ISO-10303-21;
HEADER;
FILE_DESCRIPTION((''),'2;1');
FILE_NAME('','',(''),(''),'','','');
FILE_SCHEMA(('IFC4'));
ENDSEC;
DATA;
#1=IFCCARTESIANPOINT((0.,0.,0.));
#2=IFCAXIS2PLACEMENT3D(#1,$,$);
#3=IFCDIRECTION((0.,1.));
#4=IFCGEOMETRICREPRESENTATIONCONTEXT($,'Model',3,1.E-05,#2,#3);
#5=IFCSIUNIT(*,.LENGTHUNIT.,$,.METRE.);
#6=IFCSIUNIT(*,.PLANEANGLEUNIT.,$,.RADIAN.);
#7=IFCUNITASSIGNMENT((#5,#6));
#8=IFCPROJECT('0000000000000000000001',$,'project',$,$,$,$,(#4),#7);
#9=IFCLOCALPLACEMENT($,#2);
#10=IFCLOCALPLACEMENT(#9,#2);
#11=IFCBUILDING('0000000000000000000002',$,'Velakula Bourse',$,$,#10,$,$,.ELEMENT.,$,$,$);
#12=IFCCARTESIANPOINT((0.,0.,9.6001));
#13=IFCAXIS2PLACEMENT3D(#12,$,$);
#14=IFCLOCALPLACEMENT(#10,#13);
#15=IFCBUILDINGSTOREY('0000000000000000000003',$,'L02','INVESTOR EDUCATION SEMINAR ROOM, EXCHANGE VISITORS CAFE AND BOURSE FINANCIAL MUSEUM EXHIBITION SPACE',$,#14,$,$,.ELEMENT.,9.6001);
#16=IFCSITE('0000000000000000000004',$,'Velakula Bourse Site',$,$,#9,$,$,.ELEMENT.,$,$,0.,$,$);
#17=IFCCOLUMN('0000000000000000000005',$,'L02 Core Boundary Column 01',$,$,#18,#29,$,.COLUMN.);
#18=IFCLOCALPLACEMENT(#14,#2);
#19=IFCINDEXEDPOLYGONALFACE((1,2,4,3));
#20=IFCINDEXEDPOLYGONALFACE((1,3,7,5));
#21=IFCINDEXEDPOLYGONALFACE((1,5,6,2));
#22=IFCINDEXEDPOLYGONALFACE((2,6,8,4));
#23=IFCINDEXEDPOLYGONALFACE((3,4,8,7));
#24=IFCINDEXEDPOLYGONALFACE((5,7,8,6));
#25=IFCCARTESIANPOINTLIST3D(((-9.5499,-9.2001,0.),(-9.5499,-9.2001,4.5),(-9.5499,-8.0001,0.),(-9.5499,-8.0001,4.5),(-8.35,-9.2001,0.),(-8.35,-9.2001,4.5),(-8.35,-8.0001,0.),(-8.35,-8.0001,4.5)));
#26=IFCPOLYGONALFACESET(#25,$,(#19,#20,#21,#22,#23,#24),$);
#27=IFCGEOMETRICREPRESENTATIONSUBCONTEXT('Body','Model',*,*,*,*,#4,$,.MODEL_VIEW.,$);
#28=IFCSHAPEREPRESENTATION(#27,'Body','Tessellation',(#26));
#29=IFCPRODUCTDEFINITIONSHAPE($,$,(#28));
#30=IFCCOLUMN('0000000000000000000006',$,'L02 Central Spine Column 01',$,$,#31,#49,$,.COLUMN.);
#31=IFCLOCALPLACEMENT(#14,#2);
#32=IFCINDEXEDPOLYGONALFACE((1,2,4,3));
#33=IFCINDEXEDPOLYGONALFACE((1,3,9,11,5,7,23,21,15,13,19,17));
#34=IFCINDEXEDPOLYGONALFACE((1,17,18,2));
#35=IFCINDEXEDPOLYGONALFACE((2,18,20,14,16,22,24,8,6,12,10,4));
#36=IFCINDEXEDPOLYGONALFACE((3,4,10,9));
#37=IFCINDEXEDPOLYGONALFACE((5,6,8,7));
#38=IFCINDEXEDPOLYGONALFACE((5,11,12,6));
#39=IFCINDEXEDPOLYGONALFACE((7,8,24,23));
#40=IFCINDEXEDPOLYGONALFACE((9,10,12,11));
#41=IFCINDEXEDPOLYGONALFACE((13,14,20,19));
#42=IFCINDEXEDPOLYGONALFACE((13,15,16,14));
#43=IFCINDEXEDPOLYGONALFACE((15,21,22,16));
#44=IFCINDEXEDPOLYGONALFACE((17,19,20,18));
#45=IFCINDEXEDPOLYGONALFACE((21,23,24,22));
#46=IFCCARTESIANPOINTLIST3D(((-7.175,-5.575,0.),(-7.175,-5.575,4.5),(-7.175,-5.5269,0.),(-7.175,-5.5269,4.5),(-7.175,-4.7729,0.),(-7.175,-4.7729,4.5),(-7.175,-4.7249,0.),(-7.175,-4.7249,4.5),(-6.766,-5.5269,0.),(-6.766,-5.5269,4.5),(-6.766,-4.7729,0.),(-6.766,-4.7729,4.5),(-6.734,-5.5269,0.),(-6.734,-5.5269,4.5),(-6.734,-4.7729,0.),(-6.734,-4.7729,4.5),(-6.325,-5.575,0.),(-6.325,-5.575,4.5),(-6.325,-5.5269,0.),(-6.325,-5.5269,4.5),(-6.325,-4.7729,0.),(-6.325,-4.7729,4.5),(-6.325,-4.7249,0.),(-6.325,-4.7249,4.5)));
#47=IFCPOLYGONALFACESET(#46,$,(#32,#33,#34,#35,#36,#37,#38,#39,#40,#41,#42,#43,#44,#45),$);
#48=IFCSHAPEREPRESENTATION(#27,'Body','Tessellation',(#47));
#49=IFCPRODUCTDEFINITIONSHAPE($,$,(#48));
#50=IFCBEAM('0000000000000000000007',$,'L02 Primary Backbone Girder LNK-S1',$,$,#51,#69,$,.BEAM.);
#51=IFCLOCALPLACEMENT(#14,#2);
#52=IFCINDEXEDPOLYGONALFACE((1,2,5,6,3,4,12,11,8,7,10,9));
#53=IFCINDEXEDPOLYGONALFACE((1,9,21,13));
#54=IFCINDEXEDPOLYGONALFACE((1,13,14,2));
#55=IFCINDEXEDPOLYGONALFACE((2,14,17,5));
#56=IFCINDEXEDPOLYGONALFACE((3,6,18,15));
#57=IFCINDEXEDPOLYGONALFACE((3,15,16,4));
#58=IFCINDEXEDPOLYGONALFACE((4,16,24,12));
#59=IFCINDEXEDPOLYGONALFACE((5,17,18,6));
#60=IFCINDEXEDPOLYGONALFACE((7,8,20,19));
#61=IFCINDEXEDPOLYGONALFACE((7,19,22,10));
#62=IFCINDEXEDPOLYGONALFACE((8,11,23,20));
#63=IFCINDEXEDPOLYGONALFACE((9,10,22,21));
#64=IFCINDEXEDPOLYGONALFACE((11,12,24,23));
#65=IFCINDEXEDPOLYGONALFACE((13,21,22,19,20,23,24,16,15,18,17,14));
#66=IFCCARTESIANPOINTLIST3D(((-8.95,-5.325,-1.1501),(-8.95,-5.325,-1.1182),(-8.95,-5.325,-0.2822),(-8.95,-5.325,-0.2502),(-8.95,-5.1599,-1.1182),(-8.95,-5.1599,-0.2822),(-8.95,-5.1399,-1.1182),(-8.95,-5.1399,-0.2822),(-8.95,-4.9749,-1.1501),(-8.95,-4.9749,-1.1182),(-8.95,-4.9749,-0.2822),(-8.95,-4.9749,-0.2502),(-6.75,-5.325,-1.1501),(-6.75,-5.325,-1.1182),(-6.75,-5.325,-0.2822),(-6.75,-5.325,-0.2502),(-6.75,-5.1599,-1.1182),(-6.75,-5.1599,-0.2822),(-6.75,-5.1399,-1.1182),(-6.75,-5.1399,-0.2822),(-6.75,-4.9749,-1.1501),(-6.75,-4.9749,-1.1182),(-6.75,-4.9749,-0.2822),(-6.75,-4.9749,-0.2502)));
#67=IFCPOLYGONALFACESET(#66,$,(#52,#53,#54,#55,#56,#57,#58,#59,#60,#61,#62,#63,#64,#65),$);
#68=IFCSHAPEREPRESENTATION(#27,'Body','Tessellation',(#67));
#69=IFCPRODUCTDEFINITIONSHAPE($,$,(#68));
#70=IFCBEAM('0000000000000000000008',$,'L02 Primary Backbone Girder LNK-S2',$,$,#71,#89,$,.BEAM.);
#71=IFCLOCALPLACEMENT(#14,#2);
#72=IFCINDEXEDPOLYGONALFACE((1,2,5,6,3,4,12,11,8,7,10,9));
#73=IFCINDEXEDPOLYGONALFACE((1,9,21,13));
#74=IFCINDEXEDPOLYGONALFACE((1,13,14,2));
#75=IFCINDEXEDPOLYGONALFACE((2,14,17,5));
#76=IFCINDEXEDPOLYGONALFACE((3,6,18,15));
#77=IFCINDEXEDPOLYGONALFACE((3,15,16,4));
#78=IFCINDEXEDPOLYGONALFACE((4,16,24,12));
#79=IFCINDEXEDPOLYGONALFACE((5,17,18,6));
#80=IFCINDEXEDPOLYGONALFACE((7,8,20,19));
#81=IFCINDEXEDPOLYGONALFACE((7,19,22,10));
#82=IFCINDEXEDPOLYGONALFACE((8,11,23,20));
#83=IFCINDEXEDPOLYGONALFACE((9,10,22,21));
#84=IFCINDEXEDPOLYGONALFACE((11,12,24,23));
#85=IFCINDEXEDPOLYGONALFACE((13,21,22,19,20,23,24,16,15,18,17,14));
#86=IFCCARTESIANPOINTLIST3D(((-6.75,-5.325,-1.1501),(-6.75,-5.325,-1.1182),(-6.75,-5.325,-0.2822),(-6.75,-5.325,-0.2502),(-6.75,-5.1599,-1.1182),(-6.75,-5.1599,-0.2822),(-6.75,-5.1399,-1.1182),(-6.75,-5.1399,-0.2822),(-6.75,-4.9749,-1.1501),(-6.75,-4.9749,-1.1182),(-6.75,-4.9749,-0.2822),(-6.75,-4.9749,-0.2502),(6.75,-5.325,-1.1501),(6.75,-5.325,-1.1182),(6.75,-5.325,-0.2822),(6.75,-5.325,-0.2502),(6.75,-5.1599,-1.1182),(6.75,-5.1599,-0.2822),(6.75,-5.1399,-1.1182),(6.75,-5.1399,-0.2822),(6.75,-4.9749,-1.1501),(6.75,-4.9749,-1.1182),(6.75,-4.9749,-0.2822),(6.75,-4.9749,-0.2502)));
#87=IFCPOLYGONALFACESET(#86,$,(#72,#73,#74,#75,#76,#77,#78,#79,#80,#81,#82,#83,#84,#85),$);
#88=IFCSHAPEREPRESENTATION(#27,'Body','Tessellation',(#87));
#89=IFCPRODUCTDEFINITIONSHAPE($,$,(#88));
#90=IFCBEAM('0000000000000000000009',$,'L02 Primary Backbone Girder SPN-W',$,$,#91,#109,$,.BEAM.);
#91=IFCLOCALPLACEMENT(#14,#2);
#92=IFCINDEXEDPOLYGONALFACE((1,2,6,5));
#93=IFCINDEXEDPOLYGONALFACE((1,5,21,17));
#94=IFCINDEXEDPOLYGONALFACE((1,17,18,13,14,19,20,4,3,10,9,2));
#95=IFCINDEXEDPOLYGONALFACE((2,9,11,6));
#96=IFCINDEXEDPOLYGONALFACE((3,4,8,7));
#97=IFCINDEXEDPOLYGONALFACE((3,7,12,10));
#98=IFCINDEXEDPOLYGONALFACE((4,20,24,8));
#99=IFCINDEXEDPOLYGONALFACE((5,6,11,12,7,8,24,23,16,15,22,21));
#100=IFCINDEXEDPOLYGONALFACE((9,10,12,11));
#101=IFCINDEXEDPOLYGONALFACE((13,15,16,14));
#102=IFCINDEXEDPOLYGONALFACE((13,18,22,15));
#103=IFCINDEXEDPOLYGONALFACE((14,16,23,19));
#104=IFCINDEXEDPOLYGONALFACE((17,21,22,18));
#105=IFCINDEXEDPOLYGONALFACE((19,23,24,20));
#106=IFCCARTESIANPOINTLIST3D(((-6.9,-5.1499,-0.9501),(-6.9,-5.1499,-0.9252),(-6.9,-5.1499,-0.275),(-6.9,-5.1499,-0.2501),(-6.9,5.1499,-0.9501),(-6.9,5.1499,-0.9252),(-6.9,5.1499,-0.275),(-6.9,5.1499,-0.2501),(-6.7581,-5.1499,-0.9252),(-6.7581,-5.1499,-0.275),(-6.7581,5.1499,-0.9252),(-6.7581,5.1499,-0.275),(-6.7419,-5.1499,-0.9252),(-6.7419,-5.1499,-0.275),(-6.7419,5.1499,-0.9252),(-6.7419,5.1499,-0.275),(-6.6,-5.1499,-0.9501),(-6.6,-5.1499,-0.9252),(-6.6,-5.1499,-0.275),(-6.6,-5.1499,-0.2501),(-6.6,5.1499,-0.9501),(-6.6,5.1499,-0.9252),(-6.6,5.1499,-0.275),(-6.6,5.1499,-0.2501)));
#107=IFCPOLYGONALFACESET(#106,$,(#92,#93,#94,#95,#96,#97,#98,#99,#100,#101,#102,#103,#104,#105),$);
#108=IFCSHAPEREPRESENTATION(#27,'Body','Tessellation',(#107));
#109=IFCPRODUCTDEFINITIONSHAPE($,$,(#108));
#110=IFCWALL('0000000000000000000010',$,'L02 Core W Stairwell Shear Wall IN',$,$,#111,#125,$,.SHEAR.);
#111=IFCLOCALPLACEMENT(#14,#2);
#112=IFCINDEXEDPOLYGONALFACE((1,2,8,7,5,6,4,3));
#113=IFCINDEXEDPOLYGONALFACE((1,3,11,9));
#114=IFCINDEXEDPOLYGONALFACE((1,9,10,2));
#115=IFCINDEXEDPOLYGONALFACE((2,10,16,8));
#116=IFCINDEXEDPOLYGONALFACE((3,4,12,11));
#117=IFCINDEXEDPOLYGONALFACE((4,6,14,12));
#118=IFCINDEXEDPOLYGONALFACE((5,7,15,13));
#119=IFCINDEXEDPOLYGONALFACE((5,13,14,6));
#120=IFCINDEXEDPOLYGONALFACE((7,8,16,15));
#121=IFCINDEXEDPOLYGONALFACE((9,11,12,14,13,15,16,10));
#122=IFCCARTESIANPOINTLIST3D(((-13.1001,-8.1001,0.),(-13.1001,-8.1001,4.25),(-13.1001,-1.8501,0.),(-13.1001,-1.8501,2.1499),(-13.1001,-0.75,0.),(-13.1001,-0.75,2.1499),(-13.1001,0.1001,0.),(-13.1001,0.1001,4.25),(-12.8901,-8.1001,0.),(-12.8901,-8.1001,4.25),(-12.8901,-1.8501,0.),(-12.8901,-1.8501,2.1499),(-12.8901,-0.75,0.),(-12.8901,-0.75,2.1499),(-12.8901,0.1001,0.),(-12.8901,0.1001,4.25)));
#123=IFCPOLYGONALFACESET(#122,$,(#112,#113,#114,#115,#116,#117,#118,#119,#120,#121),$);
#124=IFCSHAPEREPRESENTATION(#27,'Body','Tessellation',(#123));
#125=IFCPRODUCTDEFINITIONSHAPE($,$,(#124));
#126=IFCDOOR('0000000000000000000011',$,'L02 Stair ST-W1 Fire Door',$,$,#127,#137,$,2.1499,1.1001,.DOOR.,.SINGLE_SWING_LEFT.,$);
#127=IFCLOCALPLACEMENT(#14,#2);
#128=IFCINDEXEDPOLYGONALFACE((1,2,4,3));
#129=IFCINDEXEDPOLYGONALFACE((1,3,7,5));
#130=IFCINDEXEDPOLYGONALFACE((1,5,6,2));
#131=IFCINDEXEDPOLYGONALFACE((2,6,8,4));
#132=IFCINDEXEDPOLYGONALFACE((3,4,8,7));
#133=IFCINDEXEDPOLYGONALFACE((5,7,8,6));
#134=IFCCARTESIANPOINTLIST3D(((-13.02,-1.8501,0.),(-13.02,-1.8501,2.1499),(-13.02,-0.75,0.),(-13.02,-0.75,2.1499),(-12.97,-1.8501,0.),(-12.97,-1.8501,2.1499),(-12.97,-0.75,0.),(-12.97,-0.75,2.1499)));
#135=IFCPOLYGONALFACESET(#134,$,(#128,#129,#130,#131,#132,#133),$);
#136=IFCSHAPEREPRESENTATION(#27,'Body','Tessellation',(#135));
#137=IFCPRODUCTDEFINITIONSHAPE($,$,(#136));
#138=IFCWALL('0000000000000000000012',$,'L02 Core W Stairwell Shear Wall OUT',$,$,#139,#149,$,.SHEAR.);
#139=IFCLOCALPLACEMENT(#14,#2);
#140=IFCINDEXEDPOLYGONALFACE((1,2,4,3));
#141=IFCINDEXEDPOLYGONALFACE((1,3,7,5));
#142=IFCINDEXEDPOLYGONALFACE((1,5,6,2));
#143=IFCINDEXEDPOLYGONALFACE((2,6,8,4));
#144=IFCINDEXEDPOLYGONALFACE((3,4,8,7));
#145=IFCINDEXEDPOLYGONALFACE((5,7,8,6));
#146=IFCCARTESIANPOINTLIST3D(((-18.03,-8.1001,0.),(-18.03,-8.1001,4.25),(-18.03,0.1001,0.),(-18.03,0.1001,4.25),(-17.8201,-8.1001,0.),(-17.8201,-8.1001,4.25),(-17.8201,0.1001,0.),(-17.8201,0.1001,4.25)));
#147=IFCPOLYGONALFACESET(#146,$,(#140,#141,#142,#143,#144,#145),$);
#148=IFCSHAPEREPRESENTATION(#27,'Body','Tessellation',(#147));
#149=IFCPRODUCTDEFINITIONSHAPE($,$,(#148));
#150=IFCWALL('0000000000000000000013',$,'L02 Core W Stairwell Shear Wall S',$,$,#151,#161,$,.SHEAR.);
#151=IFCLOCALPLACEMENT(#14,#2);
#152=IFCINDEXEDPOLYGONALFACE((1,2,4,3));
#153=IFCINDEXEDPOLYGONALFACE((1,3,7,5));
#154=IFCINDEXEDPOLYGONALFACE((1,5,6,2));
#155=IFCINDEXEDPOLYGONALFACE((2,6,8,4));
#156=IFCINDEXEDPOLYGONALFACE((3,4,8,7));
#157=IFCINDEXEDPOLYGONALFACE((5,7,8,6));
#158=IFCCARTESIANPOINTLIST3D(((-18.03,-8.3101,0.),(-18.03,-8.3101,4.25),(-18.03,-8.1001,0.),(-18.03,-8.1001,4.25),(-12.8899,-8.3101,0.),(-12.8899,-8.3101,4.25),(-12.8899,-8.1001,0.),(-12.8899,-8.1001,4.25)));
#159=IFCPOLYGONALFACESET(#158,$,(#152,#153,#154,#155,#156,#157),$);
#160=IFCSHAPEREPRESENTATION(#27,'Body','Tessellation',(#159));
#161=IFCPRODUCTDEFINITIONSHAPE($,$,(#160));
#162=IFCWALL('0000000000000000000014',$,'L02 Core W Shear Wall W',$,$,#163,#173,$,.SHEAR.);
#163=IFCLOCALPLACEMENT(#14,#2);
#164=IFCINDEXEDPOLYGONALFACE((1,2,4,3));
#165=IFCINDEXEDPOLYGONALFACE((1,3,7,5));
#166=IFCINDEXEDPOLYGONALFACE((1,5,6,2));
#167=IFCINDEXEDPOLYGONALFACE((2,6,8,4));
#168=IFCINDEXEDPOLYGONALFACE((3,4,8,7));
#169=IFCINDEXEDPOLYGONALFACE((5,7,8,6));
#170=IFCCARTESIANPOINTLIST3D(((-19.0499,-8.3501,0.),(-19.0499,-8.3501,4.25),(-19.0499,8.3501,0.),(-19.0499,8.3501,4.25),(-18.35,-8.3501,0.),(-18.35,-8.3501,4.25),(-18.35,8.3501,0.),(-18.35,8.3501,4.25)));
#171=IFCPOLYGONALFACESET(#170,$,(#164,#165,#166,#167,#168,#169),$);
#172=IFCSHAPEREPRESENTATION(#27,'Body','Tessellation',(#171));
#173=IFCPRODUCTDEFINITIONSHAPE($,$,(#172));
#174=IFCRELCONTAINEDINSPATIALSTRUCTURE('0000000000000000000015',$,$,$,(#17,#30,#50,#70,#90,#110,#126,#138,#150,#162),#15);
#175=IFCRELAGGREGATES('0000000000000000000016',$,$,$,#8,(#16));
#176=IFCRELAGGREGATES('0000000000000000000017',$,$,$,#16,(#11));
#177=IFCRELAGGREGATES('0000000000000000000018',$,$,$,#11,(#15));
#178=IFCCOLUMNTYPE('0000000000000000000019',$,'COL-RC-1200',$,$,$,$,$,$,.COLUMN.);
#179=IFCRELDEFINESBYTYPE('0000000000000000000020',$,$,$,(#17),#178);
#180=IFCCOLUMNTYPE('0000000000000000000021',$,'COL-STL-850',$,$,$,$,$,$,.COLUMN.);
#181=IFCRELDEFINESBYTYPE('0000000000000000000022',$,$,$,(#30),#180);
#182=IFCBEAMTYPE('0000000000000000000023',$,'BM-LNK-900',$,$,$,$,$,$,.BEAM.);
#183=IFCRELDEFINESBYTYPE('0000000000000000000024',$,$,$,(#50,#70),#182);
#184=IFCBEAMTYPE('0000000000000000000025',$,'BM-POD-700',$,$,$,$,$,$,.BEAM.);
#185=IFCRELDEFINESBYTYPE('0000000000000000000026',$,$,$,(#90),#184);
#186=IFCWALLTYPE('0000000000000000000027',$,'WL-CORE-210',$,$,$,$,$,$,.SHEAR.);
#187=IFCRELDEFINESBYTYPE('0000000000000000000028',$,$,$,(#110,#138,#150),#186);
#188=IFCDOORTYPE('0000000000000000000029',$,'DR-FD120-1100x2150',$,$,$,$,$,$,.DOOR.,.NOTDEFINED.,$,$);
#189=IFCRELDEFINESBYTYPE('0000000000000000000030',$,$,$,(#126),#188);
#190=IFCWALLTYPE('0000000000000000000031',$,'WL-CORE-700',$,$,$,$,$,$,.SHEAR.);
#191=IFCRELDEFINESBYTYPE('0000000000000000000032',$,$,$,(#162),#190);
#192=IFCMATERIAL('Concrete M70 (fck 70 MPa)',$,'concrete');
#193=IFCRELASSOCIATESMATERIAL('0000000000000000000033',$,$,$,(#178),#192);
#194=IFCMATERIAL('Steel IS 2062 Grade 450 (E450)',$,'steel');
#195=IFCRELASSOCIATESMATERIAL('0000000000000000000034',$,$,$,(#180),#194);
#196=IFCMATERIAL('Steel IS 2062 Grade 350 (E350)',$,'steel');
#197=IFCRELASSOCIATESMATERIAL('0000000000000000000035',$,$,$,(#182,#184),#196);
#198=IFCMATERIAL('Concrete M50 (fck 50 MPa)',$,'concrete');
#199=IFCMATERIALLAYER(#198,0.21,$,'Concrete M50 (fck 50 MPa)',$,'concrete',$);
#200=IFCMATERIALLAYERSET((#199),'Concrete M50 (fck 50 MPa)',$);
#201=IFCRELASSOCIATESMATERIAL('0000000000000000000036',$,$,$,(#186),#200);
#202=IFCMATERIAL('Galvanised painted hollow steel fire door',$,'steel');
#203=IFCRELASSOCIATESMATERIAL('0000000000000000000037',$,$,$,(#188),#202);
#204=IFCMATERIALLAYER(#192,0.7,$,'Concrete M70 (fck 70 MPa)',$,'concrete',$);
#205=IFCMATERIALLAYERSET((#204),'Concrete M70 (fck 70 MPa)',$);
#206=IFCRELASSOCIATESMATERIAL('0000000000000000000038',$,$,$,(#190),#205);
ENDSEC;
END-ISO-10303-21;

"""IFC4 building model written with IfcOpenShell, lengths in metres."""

from ifc_helpers import new_model, si_unit, direction, frame, frame_2d, origin, origin_2d, place, context, subcontext, project, spatial, rectangle, i_section, extrude, material, layer, layer_set, material_profile, profile_set, type_object, element, fill, save


model = new_model("IFC4")

# Units and contexts
model_context = context("Model", 3, precision=1e-05, world=origin(), true_north=direction((0.0, 1.0)))
body_context = subcontext(model_context, "Body", "Model", "MODEL_VIEW")
ifc_project = project(units=[si_unit("LENGTHUNIT", "METRE"), si_unit("PLANEANGLEUNIT", "RADIAN")], contexts=[model_context])

# Site, building, storey
site_placement = place(None, origin())
site = spatial("IfcSite", under=ifc_project, at=site_placement, Name="Velakula Bourse Site", CompositionType="ELEMENT", RefElevation=0.0)
building_placement = place(site_placement, origin())
building = spatial("IfcBuilding", under=site, at=building_placement, Name="Velakula Bourse", CompositionType="ELEMENT")
storey_placement = place(building_placement, frame((0.0, 0.0, 9.6001)))
storey = spatial("IfcBuildingStorey", under=building, at=storey_placement, Name="L02", Description="INVESTOR EDUCATION SEMINAR ROOM, EXCHANGE VISITORS CAFE AND BOURSE FINANCIAL MUSEUM EXHIBITION SPACE", CompositionType="ELEMENT", Elevation=9.6001)

# Columns
ifc_material_1 = material(Name="Concrete M70 (fck 70 MPa)", Category="concrete")
ifc_material_profile_1 = material_profile(ifc_material_1, rectangle(XDim=1.2, YDim=1.2, at=origin_2d()), Name="Concrete M70 (fck 70 MPa)")
ifc_profile_set_1 = profile_set([ifc_material_profile_1], Name="Concrete M70 (fck 70 MPa)")
column_type_1 = type_object("IfcColumnType", Name="COL-RC-1200", PredefinedType="COLUMN", material=ifc_profile_set_1)
column_1_placement = place(storey_placement, frame((-8.95, -8.6001, 0.0), z_axis=(0.0, 0.0, 1.0), x_axis=(1.0, 0.0, 0.0)))
element("IfcColumn", 1, at=column_1_placement, inside=storey, type_object=column_type_1, Name="L02 Core Boundary Column 01", PredefinedType="COLUMN", context=body_context, shape_type="SweptSolid", body=[
    extrude(rectangle(XDim=1.2, YDim=1.2, at=origin_2d()), origin(), (0.0, 0.0, 1.0), 4.5),
])
ifc_material_2 = material(Name="Steel IS 2062 Grade 450 (E450)", Category="steel")
ifc_material_profile_2 = material_profile(ifc_material_2, i_section(OverallWidth=0.8501, OverallDepth=0.8501, WebThickness=0.032, FlangeThickness=0.0481, at=origin_2d()), Name="Steel IS 2062 Grade 450 (E450)")
ifc_profile_set_2 = profile_set([ifc_material_profile_2], Name="Steel IS 2062 Grade 450 (E450)")
column_type_2 = type_object("IfcColumnType", Name="COL-STL-850", PredefinedType="COLUMN", material=ifc_profile_set_2)
column_2_placement = place(storey_placement, frame((-6.75, -5.1499, 0.0), z_axis=(0.0, 0.0, 1.0), x_axis=(1.0, 0.0, 0.0)))
element("IfcColumn", 2, at=column_2_placement, inside=storey, type_object=column_type_2, Name="L02 Central Spine Column 01", PredefinedType="COLUMN", context=body_context, shape_type="SweptSolid", body=[
    extrude(i_section(OverallWidth=0.8501, OverallDepth=0.8501, WebThickness=0.032, FlangeThickness=0.0481, at=origin_2d()), origin(), (0.0, 0.0, 1.0), 4.5),
])

# Beams
ifc_material_3 = material(Name="Steel IS 2062 Grade 350 (E350)", Category="steel")
ifc_material_profile_3 = material_profile(ifc_material_3, i_section(OverallWidth=0.3501, OverallDepth=0.8999, WebThickness=0.02, FlangeThickness=0.032, at=origin_2d()), Name="Steel IS 2062 Grade 350 (E350)")
ifc_profile_set_3 = profile_set([ifc_material_profile_3], Name="Steel IS 2062 Grade 350 (E350)")
beam_type_1 = type_object("IfcBeamType", Name="BM-LNK-900", PredefinedType="BEAM", material=ifc_profile_set_3)
beam_1_placement = place(storey_placement, frame((-8.95, -5.1499, -0.7002), z_axis=(1.0, 0.0, 0.0), x_axis=(0.0, 1.0, 0.0)))
element("IfcBeam", 3, at=beam_1_placement, inside=storey, type_object=beam_type_1, Name="L02 Primary Backbone Girder LNK-S1", PredefinedType="BEAM", context=body_context, shape_type="SweptSolid", body=[
    extrude(i_section(OverallWidth=0.3501, OverallDepth=0.8999, WebThickness=0.02, FlangeThickness=0.032, at=origin_2d()), origin(), (0.0, 0.0, 1.0), 2.2),
])
beam_2_placement = place(storey_placement, frame((-6.75, -5.1499, -0.7002), z_axis=(1.0, 0.0, 0.0), x_axis=(0.0, 1.0, 0.0)))
element("IfcBeam", 4, at=beam_2_placement, inside=storey, type_object=beam_type_1, Name="L02 Primary Backbone Girder LNK-S2", PredefinedType="BEAM", context=body_context, shape_type="SweptSolid", body=[
    extrude(i_section(OverallWidth=0.3501, OverallDepth=0.8999, WebThickness=0.02, FlangeThickness=0.032, at=origin_2d()), origin(), (0.0, 0.0, 1.0), 13.5),
])
ifc_material_profile_4 = material_profile(ifc_material_3, i_section(OverallWidth=0.3, OverallDepth=0.7, WebThickness=0.0161, FlangeThickness=0.0249, at=origin_2d()), Name="Steel IS 2062 Grade 350 (E350)")
ifc_profile_set_4 = profile_set([ifc_material_profile_4], Name="Steel IS 2062 Grade 350 (E350)")
beam_type_2 = type_object("IfcBeamType", Name="BM-POD-700", PredefinedType="BEAM", material=ifc_profile_set_4)
beam_3_placement = place(storey_placement, frame((-6.75, -5.1499, -0.6001), z_axis=(0.0, 1.0, 0.0), x_axis=(-1.0, 0.0, 0.0)))
element("IfcBeam", 5, at=beam_3_placement, inside=storey, type_object=beam_type_2, Name="L02 Primary Backbone Girder SPN-W", PredefinedType="BEAM", context=body_context, shape_type="SweptSolid", body=[
    extrude(i_section(OverallWidth=0.3, OverallDepth=0.7, WebThickness=0.0161, FlangeThickness=0.0249, at=origin_2d()), origin(), (0.0, 0.0, 1.0), 10.2998),
])

# Wall, opening, door
ifc_material_4 = material(Name="Concrete M50 (fck 50 MPa)", Category="concrete")
ifc_layer_1 = layer(ifc_material_4, 0.21, Name="Concrete M50 (fck 50 MPa)", Category="concrete")
ifc_layer_set_1 = layer_set([ifc_layer_1], Name="Concrete M50 (fck 50 MPa)")
wall_type_1 = type_object("IfcWallType", Name="WL-CORE-210", PredefinedType="SHEAR", material=ifc_layer_set_1)
wall_1_placement = place(storey_placement, frame((-12.9951, -8.1001, 0.0), z_axis=(0.0, 0.0, 1.0), x_axis=(0.0, 1.0, 0.0)))
wall_1 = element("IfcWall", 6, at=wall_1_placement, inside=storey, type_object=wall_type_1, Name="L02 Core W Stairwell Shear Wall IN", PredefinedType="SHEAR", context=body_context, shape_type="SweptSolid", body=[
    extrude(rectangle(XDim=8.2002, YDim=0.21, at=frame_2d((4.1001, 0.0))), origin(), (0.0, 0.0, 1.0), 4.25),
])
opening_1_placement = place(wall_1_placement, frame((6.25, 0.0, 0.0)))
opening_1 = element("IfcOpeningElement", 7, at=opening_1_placement, cuts=wall_1, PredefinedType="OPENING", context=body_context, shape_type="SweptSolid", body=[
    extrude(rectangle(XDim=1.1001, YDim=2.1499, at=frame_2d((0.55, 1.075))), frame((0.0, 0.115, 0.0), z_axis=(0.0, -1.0, 0.0), x_axis=(1.0, 0.0, 0.0)), (0.0, 0.0, 1.0), 0.23),
])
ifc_material_5 = material(Name="Galvanised painted hollow steel fire door", Category="steel")
door_type_1 = type_object("IfcDoorType", Name="DR-FD120-1100x2150", OperationType="NOTDEFINED", PredefinedType="DOOR", material=ifc_material_5)
door_1_placement = place(opening_1_placement, origin())
door_1 = element("IfcDoor", 8, at=door_1_placement, inside=storey, type_object=door_type_1, Name="L02 Stair ST-W1 Fire Door", OperationType="SINGLE_SWING_LEFT", OverallHeight=2.1499, OverallWidth=1.1001, PredefinedType="DOOR", context=body_context, shape_type="SweptSolid", body=[
    extrude(rectangle(XDim=1.1001, YDim=2.1499, at=frame_2d((0.55, 1.075))), frame((0.0, 0.0249, 0.0), z_axis=(0.0, -1.0, 0.0), x_axis=(1.0, 0.0, 0.0)), (0.0, 0.0, 1.0), 0.05),
])
fill(opening_1, door_1)

# Walls
wall_2_placement = place(storey_placement, frame((-17.925, -8.1001, 0.0), z_axis=(0.0, 0.0, 1.0), x_axis=(0.0, 1.0, 0.0)))
element("IfcWall", 9, at=wall_2_placement, inside=storey, type_object=wall_type_1, Name="L02 Core W Stairwell Shear Wall OUT", PredefinedType="SHEAR", context=body_context, shape_type="SweptSolid", body=[
    extrude(rectangle(XDim=8.2002, YDim=0.21, at=frame_2d((4.1001, 0.0))), origin(), (0.0, 0.0, 1.0), 4.25),
])
wall_3_placement = place(storey_placement, frame((-18.03, -8.2051, 0.0), z_axis=(0.0, 0.0, 1.0), x_axis=(1.0, 0.0, 0.0)))
element("IfcWall", 10, at=wall_3_placement, inside=storey, type_object=wall_type_1, Name="L02 Core W Stairwell Shear Wall S", PredefinedType="SHEAR", context=body_context, shape_type="SweptSolid", body=[
    extrude(rectangle(XDim=5.1401, YDim=0.21, at=frame_2d((2.5701, 0.0))), origin(), (0.0, 0.0, 1.0), 4.25),
])
ifc_layer_2 = layer(ifc_material_1, 0.7, Name="Concrete M70 (fck 70 MPa)", Category="concrete")
ifc_layer_set_2 = layer_set([ifc_layer_2], Name="Concrete M70 (fck 70 MPa)")
wall_type_2 = type_object("IfcWallType", Name="WL-CORE-700", PredefinedType="SHEAR", material=ifc_layer_set_2)
wall_4_placement = place(storey_placement, frame((-18.7, -8.3501, 0.0), z_axis=(0.0, 0.0, 1.0), x_axis=(0.0, 1.0, 0.0)))
element("IfcWall", 11, at=wall_4_placement, inside=storey, type_object=wall_type_2, Name="L02 Core W Shear Wall W", PredefinedType="SHEAR", context=body_context, shape_type="SweptSolid", body=[
    extrude(rectangle(XDim=16.7002, YDim=0.7, at=frame_2d((8.3501, 0.0))), origin(), (0.0, 0.0, 1.0), 4.25),
])

save(model, "model.ifc")
